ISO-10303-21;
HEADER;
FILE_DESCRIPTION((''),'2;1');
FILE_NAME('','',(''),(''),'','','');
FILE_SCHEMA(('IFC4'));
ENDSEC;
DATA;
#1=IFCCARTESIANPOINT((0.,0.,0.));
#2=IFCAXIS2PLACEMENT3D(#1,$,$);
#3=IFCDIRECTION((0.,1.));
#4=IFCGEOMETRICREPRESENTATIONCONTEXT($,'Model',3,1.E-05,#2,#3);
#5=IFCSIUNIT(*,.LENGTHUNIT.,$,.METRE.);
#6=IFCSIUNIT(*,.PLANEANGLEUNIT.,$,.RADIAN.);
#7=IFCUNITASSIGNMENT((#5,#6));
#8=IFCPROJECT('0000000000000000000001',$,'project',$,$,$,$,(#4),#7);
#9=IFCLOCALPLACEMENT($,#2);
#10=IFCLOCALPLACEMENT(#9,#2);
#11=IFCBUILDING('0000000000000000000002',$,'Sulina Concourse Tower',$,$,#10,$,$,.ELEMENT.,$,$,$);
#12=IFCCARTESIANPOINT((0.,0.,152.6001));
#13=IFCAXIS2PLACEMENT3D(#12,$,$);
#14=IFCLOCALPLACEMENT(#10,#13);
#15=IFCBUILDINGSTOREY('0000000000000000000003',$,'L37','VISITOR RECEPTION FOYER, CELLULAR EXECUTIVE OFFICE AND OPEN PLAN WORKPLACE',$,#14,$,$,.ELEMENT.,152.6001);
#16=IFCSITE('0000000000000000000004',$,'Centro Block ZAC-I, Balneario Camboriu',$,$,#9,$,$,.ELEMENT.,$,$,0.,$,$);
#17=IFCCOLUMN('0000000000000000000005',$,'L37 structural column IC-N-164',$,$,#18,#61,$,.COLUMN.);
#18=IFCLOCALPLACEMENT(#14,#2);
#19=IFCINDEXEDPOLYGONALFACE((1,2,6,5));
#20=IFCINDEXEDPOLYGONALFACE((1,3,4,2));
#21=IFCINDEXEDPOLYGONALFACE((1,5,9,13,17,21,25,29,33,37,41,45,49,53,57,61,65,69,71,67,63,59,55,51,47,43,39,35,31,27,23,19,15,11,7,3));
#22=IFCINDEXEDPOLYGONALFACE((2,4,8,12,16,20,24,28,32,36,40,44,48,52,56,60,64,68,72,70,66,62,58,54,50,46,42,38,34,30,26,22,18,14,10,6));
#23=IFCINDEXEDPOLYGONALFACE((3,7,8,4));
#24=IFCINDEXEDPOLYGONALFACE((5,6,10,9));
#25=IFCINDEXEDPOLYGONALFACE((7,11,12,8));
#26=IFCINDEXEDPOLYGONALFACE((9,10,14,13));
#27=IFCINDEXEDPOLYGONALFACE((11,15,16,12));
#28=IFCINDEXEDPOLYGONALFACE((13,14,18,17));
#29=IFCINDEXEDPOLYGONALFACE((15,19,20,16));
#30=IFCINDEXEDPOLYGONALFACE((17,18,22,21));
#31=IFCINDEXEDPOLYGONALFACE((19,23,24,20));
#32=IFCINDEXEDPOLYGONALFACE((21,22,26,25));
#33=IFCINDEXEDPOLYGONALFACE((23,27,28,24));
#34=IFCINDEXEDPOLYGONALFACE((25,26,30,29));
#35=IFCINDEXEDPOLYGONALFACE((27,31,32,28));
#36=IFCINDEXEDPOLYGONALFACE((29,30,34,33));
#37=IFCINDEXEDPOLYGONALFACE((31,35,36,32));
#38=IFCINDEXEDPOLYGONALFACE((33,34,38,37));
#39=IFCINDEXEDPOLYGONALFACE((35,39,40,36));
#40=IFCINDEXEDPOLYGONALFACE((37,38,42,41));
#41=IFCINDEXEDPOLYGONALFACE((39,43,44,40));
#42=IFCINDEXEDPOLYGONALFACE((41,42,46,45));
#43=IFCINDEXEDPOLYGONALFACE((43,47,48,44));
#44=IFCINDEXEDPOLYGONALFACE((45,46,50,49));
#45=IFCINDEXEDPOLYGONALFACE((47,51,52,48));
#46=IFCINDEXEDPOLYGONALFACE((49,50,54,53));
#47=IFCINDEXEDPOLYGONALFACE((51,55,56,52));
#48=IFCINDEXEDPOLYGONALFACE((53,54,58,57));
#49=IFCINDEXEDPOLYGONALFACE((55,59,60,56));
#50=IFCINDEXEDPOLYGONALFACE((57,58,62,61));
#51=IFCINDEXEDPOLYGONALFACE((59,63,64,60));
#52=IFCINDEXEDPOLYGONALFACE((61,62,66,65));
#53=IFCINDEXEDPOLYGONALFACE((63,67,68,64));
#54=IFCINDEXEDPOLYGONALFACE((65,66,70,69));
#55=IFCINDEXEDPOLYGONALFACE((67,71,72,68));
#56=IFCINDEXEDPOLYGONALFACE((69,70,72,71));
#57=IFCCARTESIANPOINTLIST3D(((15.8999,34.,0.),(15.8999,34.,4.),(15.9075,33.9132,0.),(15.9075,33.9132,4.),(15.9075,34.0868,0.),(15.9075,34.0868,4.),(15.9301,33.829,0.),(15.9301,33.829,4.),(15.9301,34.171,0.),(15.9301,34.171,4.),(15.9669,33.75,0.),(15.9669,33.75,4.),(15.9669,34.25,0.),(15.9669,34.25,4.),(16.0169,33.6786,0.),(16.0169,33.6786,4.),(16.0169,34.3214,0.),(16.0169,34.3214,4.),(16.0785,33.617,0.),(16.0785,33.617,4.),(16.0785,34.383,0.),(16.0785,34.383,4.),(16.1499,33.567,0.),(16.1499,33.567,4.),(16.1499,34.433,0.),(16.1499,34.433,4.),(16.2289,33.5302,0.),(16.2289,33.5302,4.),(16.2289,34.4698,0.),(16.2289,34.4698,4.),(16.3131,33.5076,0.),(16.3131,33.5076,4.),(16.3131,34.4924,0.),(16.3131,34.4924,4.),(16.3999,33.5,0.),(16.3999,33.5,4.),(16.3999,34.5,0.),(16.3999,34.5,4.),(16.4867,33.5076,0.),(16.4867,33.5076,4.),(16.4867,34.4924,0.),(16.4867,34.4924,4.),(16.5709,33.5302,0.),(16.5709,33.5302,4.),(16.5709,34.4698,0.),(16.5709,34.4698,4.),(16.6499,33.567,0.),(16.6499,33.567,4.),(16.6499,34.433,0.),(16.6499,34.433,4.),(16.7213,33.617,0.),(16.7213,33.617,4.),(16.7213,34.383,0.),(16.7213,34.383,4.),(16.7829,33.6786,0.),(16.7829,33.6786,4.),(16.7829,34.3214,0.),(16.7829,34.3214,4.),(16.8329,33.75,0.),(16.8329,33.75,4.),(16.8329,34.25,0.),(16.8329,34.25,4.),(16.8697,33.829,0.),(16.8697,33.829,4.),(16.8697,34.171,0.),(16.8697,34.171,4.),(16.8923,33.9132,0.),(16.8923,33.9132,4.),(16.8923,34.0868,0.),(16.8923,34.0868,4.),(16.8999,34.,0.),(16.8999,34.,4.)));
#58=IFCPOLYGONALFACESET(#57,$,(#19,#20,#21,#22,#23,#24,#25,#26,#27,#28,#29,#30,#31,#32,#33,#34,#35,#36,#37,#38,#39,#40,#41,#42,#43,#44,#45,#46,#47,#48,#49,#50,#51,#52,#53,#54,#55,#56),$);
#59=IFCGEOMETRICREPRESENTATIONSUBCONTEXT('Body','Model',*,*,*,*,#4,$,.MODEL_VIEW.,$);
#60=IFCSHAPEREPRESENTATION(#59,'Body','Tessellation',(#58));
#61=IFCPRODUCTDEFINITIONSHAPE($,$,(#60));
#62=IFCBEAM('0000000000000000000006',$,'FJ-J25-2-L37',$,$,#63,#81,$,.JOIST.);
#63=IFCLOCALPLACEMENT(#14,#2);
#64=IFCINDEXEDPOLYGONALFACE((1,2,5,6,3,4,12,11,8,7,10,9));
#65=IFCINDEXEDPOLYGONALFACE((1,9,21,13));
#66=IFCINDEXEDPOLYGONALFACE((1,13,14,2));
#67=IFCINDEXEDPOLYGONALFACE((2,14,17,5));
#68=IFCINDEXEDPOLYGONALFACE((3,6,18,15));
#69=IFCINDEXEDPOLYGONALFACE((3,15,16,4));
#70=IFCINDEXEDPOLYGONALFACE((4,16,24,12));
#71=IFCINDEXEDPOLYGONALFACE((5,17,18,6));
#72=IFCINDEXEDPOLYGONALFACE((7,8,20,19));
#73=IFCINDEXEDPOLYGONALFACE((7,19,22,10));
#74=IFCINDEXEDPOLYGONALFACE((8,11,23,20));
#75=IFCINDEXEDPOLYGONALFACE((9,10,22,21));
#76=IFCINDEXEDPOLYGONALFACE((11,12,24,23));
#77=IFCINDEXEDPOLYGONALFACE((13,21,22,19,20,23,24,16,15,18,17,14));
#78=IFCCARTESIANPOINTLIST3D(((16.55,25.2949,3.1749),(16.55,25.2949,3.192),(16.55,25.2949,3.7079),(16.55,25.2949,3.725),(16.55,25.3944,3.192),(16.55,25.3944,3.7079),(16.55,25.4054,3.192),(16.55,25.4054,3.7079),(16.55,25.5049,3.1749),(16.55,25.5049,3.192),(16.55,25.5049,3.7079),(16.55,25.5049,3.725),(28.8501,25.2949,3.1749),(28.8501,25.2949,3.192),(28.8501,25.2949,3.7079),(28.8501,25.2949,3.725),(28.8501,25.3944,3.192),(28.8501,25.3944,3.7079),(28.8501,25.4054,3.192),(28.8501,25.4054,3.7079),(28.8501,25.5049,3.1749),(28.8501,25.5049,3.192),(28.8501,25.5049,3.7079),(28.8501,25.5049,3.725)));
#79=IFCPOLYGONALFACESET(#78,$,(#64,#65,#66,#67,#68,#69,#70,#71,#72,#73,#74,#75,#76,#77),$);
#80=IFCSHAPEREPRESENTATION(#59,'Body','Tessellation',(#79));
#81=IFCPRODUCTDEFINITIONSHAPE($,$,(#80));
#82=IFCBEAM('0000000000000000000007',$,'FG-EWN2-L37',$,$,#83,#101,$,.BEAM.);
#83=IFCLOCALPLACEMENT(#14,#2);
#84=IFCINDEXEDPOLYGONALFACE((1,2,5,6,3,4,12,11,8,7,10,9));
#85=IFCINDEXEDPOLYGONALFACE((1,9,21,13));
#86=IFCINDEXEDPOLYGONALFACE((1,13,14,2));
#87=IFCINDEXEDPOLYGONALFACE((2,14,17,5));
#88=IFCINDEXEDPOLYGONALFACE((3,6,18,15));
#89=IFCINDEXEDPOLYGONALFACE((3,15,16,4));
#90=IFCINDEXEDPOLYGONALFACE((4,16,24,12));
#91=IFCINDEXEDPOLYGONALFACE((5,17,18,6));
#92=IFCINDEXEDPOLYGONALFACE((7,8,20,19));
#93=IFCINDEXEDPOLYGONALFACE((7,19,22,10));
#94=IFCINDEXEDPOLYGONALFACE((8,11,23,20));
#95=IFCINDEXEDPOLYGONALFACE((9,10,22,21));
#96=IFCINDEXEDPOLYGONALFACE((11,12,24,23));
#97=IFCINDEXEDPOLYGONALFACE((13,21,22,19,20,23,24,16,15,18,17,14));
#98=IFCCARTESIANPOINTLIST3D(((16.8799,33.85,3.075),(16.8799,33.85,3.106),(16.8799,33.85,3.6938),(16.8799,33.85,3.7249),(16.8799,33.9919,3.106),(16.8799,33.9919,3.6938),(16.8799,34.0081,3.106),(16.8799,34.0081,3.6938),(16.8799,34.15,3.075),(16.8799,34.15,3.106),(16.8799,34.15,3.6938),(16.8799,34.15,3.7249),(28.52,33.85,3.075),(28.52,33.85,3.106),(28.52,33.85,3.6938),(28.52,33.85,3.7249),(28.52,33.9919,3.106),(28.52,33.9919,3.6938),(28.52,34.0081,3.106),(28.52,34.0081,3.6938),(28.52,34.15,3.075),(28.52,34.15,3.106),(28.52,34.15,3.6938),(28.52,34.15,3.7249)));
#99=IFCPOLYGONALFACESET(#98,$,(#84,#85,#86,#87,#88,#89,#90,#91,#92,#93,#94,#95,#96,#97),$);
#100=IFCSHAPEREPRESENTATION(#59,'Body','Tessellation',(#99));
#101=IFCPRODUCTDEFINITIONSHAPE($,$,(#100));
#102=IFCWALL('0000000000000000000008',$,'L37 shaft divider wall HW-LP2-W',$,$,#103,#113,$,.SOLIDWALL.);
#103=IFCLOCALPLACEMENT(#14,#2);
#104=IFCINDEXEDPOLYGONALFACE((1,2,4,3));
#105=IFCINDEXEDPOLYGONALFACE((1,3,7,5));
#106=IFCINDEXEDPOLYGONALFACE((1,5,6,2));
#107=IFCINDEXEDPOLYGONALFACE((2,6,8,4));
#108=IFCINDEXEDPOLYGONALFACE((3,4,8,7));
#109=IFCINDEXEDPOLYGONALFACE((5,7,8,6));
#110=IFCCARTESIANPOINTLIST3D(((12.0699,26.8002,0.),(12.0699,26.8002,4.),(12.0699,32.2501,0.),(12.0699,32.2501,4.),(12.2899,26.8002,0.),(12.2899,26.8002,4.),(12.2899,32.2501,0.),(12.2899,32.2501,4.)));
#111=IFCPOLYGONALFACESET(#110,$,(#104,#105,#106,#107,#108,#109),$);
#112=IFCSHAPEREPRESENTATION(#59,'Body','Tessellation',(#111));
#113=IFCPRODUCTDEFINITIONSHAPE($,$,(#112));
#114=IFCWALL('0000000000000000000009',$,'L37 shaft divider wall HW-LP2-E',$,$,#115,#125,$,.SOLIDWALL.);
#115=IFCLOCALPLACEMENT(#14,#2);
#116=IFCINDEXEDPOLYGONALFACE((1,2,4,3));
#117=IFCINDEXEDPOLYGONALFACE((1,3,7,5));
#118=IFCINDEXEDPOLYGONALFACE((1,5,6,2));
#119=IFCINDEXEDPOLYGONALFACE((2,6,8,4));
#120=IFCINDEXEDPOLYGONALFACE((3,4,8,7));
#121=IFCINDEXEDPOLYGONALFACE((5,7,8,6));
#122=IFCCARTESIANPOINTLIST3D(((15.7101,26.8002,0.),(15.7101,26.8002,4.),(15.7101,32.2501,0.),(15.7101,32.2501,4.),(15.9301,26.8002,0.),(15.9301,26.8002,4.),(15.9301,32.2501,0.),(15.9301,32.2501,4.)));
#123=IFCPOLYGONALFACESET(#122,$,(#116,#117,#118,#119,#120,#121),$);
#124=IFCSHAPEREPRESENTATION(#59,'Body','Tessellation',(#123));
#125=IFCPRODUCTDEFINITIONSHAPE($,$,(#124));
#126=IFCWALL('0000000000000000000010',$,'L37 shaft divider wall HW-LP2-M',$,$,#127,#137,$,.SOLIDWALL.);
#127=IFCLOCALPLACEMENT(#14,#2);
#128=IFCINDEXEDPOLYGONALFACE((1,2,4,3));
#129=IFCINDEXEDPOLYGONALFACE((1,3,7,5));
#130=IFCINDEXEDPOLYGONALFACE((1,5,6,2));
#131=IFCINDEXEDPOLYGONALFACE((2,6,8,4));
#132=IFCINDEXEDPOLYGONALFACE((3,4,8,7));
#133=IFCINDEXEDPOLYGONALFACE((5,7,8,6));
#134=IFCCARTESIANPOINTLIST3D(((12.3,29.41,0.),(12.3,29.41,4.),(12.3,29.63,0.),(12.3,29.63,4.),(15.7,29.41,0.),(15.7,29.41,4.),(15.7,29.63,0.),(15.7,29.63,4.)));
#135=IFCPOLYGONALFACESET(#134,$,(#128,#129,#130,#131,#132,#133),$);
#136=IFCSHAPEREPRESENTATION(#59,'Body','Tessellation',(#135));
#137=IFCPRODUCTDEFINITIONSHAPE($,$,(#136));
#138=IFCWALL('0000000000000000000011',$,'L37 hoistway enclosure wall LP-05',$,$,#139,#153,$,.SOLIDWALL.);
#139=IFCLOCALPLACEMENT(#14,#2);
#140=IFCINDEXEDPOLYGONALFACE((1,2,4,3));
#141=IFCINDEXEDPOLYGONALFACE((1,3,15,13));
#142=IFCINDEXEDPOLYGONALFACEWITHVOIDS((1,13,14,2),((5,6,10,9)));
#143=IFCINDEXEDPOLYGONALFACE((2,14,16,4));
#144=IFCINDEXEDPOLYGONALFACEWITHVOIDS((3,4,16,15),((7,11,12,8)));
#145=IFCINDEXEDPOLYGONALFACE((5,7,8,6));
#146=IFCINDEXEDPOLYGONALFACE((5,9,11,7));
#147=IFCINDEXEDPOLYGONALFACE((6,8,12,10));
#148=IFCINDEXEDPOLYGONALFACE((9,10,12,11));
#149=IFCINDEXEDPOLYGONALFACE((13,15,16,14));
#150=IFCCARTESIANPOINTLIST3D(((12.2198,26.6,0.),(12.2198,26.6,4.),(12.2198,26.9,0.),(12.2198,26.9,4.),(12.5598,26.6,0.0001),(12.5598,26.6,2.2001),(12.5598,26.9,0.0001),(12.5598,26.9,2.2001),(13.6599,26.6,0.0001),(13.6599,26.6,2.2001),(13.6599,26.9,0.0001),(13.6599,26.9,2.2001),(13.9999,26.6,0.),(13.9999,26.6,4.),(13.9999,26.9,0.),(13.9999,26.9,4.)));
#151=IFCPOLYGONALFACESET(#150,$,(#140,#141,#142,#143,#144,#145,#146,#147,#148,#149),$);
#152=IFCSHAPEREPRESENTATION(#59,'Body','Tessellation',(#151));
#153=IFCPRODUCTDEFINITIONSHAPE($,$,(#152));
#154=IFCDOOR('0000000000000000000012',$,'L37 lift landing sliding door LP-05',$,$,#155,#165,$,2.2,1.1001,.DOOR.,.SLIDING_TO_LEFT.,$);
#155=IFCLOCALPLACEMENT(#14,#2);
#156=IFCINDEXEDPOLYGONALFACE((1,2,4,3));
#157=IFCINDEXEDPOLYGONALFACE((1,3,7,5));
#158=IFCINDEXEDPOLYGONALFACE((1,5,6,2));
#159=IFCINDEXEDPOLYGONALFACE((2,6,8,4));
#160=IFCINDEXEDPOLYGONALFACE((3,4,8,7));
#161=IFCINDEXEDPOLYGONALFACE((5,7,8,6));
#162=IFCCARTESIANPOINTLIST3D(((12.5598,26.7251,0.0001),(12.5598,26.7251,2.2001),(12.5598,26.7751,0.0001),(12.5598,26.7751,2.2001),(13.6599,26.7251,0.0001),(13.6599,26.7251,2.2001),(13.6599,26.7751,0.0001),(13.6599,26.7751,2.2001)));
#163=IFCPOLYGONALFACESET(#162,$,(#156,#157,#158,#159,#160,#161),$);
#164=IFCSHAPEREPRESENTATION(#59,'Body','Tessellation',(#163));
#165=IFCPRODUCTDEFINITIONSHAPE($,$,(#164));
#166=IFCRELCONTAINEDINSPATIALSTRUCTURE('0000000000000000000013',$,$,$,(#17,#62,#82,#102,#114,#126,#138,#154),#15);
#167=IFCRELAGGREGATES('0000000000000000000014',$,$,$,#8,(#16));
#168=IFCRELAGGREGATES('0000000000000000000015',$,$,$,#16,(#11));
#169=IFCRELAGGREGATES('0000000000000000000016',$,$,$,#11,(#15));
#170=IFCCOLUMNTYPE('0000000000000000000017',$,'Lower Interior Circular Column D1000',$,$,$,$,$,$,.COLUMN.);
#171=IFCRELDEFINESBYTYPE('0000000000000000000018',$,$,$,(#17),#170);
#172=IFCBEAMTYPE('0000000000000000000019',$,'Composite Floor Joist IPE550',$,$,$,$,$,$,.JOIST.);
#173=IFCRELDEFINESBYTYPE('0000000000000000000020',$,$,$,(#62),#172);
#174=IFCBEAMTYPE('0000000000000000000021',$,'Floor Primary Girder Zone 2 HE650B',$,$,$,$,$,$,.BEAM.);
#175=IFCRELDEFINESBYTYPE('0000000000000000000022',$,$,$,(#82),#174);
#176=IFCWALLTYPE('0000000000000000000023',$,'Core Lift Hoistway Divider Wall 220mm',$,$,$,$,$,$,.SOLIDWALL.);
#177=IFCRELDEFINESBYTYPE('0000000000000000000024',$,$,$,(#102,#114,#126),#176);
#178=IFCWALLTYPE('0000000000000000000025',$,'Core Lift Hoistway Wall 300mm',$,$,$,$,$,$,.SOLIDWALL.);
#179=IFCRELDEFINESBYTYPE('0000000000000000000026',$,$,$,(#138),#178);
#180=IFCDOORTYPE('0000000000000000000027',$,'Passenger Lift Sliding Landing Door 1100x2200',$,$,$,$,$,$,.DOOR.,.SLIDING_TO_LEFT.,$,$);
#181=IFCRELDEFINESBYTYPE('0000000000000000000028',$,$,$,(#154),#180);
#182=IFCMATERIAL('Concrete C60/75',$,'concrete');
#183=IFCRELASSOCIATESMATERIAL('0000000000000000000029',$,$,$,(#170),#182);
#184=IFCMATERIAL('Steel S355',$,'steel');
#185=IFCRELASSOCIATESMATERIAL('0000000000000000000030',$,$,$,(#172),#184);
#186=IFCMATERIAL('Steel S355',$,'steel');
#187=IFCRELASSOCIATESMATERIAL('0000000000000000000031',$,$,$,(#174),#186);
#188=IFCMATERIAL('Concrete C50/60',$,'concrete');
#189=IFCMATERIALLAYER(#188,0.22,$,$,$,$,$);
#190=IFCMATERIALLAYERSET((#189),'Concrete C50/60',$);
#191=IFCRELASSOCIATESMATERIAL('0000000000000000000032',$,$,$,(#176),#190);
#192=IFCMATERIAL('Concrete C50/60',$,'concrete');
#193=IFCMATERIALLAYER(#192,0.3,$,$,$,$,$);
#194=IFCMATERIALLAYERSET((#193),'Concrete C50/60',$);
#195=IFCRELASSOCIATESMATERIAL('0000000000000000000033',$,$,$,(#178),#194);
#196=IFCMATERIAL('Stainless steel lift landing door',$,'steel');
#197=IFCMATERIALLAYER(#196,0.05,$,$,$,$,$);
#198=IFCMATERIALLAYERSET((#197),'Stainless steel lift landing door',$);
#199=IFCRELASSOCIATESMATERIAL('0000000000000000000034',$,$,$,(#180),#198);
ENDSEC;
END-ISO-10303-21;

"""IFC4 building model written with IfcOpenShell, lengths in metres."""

from ifc_helpers import new_model, si_unit, direction, frame, frame_2d, origin, origin_2d, place, context, subcontext, project, spatial, rectangle, circle, i_section, extrude, material, layer, layer_set, material_profile, profile_set, type_object, element, fill, save


model = new_model("IFC4")

# Units and contexts
model_context = context("Model", 3, precision=1e-05, world=origin(), true_north=direction((0.0, 1.0)))
body_context = subcontext(model_context, "Body", "Model", "MODEL_VIEW")
ifc_project = project(units=[si_unit("LENGTHUNIT", "METRE"), si_unit("PLANEANGLEUNIT", "RADIAN")], contexts=[model_context])

# Site, building, storey
site_placement = place(None, origin())
site = spatial("IfcSite", under=ifc_project, at=site_placement, Name="Centro Block ZAC-I, Balneario Camboriu", CompositionType="ELEMENT", RefElevation=0.0)
building_placement = place(site_placement, origin())
building = spatial("IfcBuilding", under=site, at=building_placement, Name="Sulina Concourse Tower", CompositionType="ELEMENT")
storey_placement = place(building_placement, frame((0.0, 0.0, 152.6001)))
storey = spatial("IfcBuildingStorey", under=building, at=storey_placement, Name="L37", Description="VISITOR RECEPTION FOYER, CELLULAR EXECUTIVE OFFICE AND OPEN PLAN WORKPLACE", CompositionType="ELEMENT", Elevation=152.6001)

# Column
ifc_material_1 = material(Name="Concrete C60/75", Category="concrete")
ifc_material_profile_1 = material_profile(ifc_material_1, circle(Radius=0.5, at=origin_2d()), Name="RC D1000")
ifc_profile_set_1 = profile_set([ifc_material_profile_1], Name="Concrete C60/75")
column_type = type_object("IfcColumnType", Name="Lower Interior Circular Column D1000", PredefinedType="COLUMN", material=ifc_profile_set_1)
column_placement = place(storey_placement, frame((16.3999, 34.0, 0.0), z_axis=(0.0, 0.0, 1.0), x_axis=(1.0, 0.0, 0.0)))
element("IfcColumn", 1, at=column_placement, inside=storey, type_object=column_type, Name="L37 structural column IC-N-164", PredefinedType="COLUMN", context=body_context, shape_type="SweptSolid", body=[
    extrude(circle(Radius=0.5, at=origin_2d()), origin(), (0.0, 0.0, 1.0), 4.0),
])

# Beams
ifc_material_2 = material(Name="Steel S355", Category="steel")
ifc_material_profile_2 = material_profile(ifc_material_2, i_section(OverallWidth=0.21, OverallDepth=0.55, WebThickness=0.011, FlangeThickness=0.0171, at=origin_2d()), Name="IPE 550")
ifc_profile_set_2 = profile_set([ifc_material_profile_2], Name="Steel S355")
beam_type_1 = type_object("IfcBeamType", Name="Composite Floor Joist IPE550", PredefinedType="JOIST", material=ifc_profile_set_2)
beam_1_placement = place(storey_placement, frame((16.55, 25.3999, 3.45), z_axis=(1.0, 0.0, 0.0), x_axis=(0.0, 1.0, 0.0)))
element("IfcBeam", 2, at=beam_1_placement, inside=storey, type_object=beam_type_1, Name="FJ-J25-2-L37", PredefinedType="JOIST", context=body_context, shape_type="SweptSolid", body=[
    extrude(i_section(OverallWidth=0.21, OverallDepth=0.55, WebThickness=0.011, FlangeThickness=0.0171, at=origin_2d()), origin(), (0.0, 0.0, 1.0), 12.3),
])
ifc_material_3 = material(Name="Steel S355", Category="steel")
ifc_material_profile_3 = material_profile(ifc_material_3, i_section(OverallWidth=0.3, OverallDepth=0.6499, WebThickness=0.0161, FlangeThickness=0.031, at=origin_2d()), Name="HE 650 B")
ifc_profile_set_3 = profile_set([ifc_material_profile_3], Name="Steel S355")
beam_type_2 = type_object("IfcBeamType", Name="Floor Primary Girder Zone 2 HE650B", PredefinedType="BEAM", material=ifc_profile_set_3)
beam_2_placement = place(storey_placement, frame((16.8799, 34.0, 3.3999), z_axis=(1.0, 0.0, 0.0), x_axis=(0.0, 1.0, 0.0)))
element("IfcBeam", 3, at=beam_2_placement, inside=storey, type_object=beam_type_2, Name="FG-EWN2-L37", PredefinedType="BEAM", context=body_context, shape_type="SweptSolid", body=[
    extrude(i_section(OverallWidth=0.3, OverallDepth=0.6499, WebThickness=0.0161, FlangeThickness=0.031, at=origin_2d()), origin(), (0.0, 0.0, 1.0), 11.6401),
])

# Walls
ifc_material_4 = material(Name="Concrete C50/60", Category="concrete")
ifc_layer_1 = layer(ifc_material_4, 0.22)
ifc_layer_set_1 = layer_set([ifc_layer_1], Name="Concrete C50/60")
wall_type_1 = type_object("IfcWallType", Name="Core Lift Hoistway Divider Wall 220mm", PredefinedType="SOLIDWALL", material=ifc_layer_set_1)
for number, where, z_axis, x_axis, name in (
    (4, (12.1799, 26.8, 0.0), (0.0, 0.0, 1.0), (0.0, 1.0, 0.0), "L37 shaft divider wall HW-LP2-W"),
    (5, (15.8201, 26.8, 0.0), (0.0, 0.0, 1.0), (0.0, 1.0, 0.0), "L37 shaft divider wall HW-LP2-E"),
):
    element("IfcWall", number, at=place(storey_placement, frame(where, z_axis=z_axis, x_axis=x_axis)), inside=storey, type_object=wall_type_1, Name=name, PredefinedType="SOLIDWALL", context=body_context, shape_type="SweptSolid", body=[
        extrude(rectangle(XDim=5.45, YDim=0.22, at=frame_2d((2.7251, 0.0))), origin(), (0.0, 0.0, 1.0), 4.0),
    ])
wall_1_placement = place(storey_placement, frame((12.3, 29.52, 0.0), z_axis=(0.0, 0.0, 1.0), x_axis=(1.0, 0.0, 0.0)))
element("IfcWall", 6, at=wall_1_placement, inside=storey, type_object=wall_type_1, Name="L37 shaft divider wall HW-LP2-M", PredefinedType="SOLIDWALL", context=body_context, shape_type="SweptSolid", body=[
    extrude(rectangle(XDim=3.3999, YDim=0.22, at=frame_2d((1.7, 0.0))), origin(), (0.0, 0.0, 1.0), 4.0),
])

# Wall, opening, door
ifc_material_5 = material(Name="Concrete C50/60", Category="concrete")
ifc_layer_2 = layer(ifc_material_5, 0.3)
ifc_layer_set_2 = layer_set([ifc_layer_2], Name="Concrete C50/60")
wall_type_2 = type_object("IfcWallType", Name="Core Lift Hoistway Wall 300mm", PredefinedType="SOLIDWALL", material=ifc_layer_set_2)
wall_2_placement = place(storey_placement, frame((14.0, 26.75, 0.0), z_axis=(0.0, 0.0, 1.0), x_axis=(-1.0, 0.0, 0.0)))
wall_2 = element("IfcWall", 7, at=wall_2_placement, inside=storey, type_object=wall_type_2, Name="L37 hoistway enclosure wall LP-05", PredefinedType="SOLIDWALL", context=body_context, shape_type="SweptSolid", body=[
    extrude(rectangle(XDim=1.78, YDim=0.3, at=frame_2d((0.8901, 0.0))), origin(), (0.0, 0.0, 1.0), 4.0),
])
opening_1_placement = place(wall_2_placement, frame((0.3401, 0.0, 0.0)))
opening_1 = element("IfcOpeningElement", 8, at=opening_1_placement, cuts=wall_2, PredefinedType="OPENING", context=body_context, shape_type="SweptSolid", body=[
    extrude(rectangle(XDim=1.1001, YDim=2.2, at=frame_2d((0.55, 1.1001))), frame((0.0, 0.1599, 0.0), z_axis=(0.0, -1.0, 0.0), x_axis=(1.0, 0.0, 0.0)), (0.0, 0.0, 1.0), 0.3201),
])
ifc_material_6 = material(Name="Stainless steel lift landing door", Category="steel")
ifc_layer_3 = layer(ifc_material_6, 0.05)
ifc_layer_set_3 = layer_set([ifc_layer_3], Name="Stainless steel lift landing door")
door_type_1 = type_object("IfcDoorType", Name="Passenger Lift Sliding Landing Door 1100x2200", OperationType="SLIDING_TO_LEFT", PredefinedType="DOOR", material=ifc_layer_set_3)
door_1_placement = place(opening_1_placement, origin())
door_1 = element("IfcDoor", 9, at=door_1_placement, inside=storey, type_object=door_type_1, Name="L37 lift landing sliding door LP-05", OperationType="SLIDING_TO_LEFT", OverallHeight=2.2, OverallWidth=1.1001, PredefinedType="DOOR", context=body_context, shape_type="SweptSolid", body=[
    extrude(rectangle(XDim=1.1001, YDim=2.2, at=frame_2d((0.55, 1.1001))), frame((0.0, 0.0249, 0.0), z_axis=(0.0, -1.0, 0.0), x_axis=(1.0, 0.0, 0.0)), (0.0, 0.0, 1.0), 0.05),
])
fill(opening_1, door_1)

save(model, "model.ifc")
